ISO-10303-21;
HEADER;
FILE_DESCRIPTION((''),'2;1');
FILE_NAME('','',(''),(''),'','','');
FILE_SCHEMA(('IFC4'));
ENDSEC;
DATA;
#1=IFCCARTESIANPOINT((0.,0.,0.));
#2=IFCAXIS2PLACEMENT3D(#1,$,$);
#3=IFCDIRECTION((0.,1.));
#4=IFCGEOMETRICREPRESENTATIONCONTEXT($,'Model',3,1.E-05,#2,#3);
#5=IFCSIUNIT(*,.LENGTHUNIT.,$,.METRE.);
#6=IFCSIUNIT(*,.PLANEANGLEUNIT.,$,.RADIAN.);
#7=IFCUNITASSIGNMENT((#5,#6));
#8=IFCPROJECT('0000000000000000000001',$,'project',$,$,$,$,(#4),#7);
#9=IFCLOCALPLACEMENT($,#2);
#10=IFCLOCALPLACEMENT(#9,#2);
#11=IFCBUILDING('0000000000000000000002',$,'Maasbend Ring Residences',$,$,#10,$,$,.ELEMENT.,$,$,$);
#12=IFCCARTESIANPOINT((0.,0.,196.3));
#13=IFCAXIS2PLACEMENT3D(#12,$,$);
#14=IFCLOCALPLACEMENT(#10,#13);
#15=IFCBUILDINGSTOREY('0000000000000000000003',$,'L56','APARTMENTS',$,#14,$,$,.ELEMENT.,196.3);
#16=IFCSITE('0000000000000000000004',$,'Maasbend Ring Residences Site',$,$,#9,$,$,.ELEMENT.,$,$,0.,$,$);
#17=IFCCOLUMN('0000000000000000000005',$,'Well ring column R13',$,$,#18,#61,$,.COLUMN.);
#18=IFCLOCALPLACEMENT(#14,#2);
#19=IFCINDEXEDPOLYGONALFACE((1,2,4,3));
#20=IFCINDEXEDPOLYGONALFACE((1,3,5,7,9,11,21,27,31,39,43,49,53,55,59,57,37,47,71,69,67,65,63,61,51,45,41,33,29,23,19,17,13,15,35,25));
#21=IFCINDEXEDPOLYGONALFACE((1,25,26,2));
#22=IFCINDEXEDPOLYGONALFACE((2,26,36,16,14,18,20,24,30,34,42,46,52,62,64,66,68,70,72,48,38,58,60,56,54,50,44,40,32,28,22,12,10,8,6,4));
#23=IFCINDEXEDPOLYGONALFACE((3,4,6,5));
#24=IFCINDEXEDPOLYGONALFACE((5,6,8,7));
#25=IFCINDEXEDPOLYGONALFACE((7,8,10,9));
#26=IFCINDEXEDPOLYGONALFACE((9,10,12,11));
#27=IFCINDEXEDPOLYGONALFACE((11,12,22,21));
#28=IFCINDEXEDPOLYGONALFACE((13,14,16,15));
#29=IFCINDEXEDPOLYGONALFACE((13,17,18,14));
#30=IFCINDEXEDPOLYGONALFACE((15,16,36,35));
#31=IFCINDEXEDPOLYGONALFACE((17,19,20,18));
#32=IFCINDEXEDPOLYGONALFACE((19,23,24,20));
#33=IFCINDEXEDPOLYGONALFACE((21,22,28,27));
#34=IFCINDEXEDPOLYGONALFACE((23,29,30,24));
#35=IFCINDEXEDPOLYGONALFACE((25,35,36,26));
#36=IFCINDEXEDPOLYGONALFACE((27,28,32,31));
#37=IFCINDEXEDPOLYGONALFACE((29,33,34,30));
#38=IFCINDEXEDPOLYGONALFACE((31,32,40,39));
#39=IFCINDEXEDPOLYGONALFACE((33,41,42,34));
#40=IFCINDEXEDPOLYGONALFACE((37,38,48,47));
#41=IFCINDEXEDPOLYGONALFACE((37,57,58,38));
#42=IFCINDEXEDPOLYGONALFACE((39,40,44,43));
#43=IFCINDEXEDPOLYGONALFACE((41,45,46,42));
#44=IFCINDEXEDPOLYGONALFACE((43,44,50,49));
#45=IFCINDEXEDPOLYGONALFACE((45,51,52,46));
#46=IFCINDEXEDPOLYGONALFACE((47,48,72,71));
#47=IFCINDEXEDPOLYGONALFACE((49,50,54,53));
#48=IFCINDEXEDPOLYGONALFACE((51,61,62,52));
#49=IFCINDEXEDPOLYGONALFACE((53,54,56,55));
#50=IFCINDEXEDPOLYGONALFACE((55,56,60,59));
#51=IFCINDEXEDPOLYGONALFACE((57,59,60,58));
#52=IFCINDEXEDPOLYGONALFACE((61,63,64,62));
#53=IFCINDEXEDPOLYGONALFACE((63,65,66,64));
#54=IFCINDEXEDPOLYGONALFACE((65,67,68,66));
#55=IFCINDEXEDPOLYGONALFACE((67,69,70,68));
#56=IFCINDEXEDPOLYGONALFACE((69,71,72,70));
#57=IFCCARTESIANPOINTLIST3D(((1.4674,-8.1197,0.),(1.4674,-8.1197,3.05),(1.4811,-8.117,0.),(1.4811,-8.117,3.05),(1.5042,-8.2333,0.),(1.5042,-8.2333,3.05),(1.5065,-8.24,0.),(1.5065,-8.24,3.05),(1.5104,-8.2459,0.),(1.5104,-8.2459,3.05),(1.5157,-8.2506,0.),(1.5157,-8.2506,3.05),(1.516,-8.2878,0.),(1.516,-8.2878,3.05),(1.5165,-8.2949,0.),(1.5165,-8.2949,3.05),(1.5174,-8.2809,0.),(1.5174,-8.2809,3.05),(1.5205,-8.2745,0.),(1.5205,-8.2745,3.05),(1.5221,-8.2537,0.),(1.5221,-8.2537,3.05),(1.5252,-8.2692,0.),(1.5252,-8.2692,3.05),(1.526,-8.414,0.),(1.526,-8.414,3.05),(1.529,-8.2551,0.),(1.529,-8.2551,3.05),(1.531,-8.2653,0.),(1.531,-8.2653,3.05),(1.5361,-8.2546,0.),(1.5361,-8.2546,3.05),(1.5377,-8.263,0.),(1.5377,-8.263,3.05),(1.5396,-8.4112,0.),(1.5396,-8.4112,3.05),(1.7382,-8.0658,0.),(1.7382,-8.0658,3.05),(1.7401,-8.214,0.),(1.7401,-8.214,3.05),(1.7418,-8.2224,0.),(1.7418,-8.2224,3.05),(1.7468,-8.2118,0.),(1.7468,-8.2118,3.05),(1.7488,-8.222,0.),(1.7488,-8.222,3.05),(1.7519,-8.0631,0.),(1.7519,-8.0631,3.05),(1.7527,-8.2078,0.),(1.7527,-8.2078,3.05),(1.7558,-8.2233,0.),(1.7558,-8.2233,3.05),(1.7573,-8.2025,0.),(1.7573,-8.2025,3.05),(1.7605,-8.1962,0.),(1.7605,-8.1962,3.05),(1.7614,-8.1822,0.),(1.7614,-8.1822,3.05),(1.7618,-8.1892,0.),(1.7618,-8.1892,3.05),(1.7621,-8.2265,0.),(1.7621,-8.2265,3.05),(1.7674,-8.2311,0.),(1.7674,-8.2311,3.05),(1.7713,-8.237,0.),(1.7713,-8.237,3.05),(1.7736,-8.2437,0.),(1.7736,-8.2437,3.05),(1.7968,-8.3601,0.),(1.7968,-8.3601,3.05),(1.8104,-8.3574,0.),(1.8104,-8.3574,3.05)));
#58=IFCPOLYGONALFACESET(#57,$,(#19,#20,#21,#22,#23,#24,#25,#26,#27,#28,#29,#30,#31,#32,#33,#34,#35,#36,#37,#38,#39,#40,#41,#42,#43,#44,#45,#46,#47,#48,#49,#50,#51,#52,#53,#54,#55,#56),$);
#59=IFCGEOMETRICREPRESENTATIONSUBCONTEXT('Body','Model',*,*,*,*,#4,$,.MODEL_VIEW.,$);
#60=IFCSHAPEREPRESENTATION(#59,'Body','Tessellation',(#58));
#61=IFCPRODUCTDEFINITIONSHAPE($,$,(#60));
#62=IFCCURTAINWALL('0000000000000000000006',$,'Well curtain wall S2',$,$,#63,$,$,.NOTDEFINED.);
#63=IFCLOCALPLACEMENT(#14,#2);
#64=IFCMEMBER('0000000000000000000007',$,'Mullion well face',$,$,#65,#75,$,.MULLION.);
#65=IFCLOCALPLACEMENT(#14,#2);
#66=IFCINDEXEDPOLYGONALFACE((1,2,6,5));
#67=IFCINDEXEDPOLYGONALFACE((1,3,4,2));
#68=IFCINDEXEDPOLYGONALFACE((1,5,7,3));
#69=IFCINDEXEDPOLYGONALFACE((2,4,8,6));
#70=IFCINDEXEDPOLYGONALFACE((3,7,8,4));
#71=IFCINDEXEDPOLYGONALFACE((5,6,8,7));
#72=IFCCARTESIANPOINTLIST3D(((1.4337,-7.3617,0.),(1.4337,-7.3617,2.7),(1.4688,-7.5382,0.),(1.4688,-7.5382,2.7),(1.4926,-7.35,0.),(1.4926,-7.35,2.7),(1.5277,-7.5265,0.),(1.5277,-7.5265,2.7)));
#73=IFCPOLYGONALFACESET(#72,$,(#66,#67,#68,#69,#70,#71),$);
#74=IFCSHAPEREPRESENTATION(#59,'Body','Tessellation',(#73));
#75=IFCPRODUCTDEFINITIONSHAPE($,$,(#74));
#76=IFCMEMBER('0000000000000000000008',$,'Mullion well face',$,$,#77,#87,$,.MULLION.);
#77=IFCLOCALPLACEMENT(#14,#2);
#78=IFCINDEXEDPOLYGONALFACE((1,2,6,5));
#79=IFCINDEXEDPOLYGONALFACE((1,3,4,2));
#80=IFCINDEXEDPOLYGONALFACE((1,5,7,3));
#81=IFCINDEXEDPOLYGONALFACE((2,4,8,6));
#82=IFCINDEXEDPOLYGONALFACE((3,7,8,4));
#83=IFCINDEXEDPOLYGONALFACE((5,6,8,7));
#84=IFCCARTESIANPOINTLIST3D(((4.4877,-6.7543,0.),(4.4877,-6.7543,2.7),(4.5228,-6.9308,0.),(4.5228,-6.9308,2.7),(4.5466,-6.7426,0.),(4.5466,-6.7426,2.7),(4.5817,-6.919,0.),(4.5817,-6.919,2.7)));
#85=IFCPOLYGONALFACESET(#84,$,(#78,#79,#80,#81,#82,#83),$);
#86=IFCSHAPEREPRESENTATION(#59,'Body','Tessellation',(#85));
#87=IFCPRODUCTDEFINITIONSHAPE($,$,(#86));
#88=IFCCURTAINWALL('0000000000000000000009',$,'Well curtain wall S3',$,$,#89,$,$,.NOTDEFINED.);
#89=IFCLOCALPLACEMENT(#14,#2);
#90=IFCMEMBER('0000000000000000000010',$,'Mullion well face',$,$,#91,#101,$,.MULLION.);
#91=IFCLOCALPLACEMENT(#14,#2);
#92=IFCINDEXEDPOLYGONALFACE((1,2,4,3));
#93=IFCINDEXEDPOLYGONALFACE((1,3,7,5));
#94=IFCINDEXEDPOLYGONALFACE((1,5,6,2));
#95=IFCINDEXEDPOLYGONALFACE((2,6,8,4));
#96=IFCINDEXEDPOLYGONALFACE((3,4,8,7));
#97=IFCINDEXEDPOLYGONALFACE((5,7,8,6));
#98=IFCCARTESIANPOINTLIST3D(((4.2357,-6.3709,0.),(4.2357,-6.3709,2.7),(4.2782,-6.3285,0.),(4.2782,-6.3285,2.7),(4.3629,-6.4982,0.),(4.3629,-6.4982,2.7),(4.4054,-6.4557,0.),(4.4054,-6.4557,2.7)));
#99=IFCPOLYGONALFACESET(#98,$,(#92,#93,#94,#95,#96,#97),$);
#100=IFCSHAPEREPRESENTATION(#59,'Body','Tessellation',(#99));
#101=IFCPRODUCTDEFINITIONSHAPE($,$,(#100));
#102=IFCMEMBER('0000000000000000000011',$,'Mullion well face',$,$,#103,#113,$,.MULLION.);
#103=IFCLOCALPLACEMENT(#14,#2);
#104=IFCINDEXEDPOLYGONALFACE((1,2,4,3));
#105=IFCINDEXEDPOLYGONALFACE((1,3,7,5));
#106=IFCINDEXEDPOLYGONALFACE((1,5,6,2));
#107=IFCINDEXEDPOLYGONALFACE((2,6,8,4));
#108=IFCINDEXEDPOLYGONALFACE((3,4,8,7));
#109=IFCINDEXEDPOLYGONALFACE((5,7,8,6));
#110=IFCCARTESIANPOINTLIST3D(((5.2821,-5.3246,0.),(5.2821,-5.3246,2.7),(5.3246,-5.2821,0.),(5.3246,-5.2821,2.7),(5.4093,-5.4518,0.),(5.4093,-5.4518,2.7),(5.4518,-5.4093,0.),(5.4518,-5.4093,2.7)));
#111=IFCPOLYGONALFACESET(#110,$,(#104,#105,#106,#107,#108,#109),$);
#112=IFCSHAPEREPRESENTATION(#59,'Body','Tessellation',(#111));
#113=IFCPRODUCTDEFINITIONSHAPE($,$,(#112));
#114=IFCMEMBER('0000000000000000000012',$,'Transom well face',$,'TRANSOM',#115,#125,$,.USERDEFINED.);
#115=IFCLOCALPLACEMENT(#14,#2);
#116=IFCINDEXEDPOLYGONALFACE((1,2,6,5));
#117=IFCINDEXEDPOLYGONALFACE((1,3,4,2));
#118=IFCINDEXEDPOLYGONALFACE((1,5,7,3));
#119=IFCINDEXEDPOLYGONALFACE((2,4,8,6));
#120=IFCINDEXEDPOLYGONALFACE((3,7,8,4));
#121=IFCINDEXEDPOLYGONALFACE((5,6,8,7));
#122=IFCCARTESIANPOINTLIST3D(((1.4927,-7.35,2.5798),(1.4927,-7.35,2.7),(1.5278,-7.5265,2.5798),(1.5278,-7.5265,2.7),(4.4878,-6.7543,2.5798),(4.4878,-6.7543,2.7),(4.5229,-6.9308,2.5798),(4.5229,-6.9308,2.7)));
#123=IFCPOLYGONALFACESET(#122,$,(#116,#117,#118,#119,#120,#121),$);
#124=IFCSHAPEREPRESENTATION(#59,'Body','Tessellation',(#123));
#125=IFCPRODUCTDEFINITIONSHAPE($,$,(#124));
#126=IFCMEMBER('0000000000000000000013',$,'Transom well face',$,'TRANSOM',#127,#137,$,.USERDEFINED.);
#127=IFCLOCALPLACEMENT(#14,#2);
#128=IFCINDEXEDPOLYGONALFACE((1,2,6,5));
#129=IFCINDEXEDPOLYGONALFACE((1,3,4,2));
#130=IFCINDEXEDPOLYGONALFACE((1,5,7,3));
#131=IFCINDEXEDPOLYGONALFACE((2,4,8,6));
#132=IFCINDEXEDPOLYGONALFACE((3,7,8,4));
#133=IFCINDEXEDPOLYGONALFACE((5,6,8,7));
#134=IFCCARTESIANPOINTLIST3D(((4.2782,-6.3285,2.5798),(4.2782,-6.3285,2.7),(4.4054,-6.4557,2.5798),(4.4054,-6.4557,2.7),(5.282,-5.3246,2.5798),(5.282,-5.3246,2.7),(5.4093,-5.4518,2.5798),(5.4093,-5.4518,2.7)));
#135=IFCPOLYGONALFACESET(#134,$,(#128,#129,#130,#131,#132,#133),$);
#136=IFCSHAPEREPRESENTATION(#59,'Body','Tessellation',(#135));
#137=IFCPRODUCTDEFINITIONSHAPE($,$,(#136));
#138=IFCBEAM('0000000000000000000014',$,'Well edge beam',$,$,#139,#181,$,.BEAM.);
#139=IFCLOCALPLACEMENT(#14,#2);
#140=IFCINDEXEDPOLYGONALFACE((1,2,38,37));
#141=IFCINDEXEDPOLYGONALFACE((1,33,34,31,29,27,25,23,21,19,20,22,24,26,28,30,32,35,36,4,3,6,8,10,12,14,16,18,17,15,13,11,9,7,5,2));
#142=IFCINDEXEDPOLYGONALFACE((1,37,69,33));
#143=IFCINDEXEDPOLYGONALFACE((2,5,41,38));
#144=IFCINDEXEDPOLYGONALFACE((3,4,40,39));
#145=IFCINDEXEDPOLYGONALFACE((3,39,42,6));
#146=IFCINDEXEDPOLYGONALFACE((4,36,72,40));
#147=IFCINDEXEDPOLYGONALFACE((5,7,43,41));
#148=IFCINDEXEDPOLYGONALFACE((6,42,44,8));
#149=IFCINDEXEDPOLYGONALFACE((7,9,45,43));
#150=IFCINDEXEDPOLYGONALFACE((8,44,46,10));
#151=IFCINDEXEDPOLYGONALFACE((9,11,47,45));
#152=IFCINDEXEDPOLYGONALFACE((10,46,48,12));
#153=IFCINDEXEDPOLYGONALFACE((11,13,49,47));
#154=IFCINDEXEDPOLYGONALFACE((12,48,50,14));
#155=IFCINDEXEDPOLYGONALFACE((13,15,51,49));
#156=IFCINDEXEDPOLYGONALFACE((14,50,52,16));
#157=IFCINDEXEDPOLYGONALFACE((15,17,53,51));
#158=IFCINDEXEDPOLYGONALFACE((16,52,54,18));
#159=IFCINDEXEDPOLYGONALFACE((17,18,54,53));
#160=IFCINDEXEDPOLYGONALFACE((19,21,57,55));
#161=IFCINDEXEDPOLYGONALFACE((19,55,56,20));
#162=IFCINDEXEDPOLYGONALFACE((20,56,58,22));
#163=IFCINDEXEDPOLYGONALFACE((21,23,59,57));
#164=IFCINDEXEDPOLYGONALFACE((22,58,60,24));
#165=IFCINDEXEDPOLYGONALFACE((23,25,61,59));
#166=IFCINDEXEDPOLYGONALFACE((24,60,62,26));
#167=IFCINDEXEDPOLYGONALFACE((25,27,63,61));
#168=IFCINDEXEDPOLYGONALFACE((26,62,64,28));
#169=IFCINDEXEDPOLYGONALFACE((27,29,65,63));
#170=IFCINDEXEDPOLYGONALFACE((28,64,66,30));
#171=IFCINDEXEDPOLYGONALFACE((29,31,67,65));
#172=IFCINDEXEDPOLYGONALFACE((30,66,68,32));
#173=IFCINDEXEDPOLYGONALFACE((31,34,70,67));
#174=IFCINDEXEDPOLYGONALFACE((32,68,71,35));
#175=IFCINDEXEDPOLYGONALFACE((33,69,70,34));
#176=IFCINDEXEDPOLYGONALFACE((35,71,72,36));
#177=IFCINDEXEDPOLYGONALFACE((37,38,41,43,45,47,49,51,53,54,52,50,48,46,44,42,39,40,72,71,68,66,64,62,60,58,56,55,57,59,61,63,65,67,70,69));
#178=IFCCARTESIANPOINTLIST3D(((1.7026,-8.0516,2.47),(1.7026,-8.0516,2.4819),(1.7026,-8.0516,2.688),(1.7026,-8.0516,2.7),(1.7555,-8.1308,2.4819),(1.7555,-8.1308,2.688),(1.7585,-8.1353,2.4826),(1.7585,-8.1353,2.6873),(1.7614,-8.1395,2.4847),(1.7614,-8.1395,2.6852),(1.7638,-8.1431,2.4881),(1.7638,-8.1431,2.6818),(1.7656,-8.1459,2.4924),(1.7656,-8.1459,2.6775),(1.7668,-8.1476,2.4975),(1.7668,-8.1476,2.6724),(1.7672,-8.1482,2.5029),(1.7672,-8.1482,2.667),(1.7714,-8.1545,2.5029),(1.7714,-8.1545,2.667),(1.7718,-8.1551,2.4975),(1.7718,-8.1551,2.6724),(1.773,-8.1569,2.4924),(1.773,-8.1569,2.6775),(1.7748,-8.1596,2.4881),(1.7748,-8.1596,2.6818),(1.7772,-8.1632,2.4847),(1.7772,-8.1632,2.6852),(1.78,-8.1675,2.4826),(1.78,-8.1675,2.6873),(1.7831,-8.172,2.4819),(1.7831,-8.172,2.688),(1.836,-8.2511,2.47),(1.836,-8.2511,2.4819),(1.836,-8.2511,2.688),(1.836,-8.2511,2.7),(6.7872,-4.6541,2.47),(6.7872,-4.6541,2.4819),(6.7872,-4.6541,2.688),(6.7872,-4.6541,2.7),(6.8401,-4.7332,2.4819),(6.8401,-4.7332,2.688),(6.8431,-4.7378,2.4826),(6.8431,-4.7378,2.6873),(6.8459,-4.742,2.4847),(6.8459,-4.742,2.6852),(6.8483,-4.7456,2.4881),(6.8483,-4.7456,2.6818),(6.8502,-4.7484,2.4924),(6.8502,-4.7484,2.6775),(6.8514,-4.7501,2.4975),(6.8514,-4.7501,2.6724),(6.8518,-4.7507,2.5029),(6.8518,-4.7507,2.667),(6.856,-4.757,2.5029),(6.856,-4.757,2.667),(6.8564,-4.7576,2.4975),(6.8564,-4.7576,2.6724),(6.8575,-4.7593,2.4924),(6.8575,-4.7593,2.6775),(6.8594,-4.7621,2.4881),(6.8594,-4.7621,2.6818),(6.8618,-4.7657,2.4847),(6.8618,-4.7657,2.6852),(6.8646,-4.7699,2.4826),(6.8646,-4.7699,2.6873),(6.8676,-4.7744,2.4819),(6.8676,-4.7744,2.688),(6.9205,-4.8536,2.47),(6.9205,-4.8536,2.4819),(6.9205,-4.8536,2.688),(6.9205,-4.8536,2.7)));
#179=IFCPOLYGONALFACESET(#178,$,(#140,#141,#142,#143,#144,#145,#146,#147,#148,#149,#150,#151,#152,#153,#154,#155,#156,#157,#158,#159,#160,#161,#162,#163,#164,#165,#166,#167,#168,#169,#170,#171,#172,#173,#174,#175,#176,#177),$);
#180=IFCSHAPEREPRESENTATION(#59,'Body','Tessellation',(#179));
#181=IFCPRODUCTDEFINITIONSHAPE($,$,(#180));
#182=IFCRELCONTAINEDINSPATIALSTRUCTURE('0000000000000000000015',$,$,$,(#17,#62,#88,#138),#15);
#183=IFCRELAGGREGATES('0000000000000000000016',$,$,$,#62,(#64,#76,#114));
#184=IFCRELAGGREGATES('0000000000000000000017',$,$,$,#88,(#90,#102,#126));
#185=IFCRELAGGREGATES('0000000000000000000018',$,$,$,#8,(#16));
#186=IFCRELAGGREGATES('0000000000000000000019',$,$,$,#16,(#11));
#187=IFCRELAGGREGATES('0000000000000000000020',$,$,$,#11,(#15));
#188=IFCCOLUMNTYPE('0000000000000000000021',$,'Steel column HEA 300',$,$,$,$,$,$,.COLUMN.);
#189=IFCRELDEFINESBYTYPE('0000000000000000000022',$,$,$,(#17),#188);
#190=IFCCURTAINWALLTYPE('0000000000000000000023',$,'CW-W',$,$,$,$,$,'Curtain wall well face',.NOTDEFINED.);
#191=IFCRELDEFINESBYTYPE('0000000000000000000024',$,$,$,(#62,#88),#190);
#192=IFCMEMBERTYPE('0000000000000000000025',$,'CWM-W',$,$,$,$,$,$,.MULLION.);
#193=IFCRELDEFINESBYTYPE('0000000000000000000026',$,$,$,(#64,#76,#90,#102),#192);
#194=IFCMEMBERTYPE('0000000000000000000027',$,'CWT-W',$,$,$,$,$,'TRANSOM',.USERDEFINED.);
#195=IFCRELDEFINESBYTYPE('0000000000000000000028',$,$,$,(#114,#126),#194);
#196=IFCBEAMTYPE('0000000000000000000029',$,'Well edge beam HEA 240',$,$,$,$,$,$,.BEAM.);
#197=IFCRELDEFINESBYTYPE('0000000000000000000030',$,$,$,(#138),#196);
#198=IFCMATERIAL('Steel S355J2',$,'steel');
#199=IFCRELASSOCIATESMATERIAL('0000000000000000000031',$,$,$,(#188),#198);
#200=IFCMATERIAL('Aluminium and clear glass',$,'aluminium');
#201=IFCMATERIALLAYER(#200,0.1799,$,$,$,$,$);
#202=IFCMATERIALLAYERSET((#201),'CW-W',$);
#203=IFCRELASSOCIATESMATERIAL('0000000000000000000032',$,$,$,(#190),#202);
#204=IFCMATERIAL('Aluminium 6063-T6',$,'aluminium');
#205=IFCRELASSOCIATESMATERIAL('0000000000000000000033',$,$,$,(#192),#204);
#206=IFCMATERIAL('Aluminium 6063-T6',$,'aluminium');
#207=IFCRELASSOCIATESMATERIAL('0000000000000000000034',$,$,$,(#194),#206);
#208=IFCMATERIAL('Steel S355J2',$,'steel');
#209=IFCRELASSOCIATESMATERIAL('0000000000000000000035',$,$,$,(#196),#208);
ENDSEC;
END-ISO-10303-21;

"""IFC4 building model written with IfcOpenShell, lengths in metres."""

from ifc_helpers import new_model, si_unit, direction, frame, origin, origin_2d, place, context, subcontext, project, spatial, rectangle, i_section, extrude, material, layer, layer_set, material_profile, profile_set, type_object, element, aggregate, save


model = new_model("IFC4")

# Units and contexts
model_context = context("Model", 3, precision=1e-05, world=origin(), true_north=direction((0.0, 1.0)))
body_context = subcontext(model_context, "Body", "Model", "MODEL_VIEW")
ifc_project = project(units=[si_unit("LENGTHUNIT", "METRE"), si_unit("PLANEANGLEUNIT", "RADIAN")], contexts=[model_context])

# Site, building, storey
site_placement = place(None, origin())
site = spatial("IfcSite", under=ifc_project, at=site_placement, Name="Maasbend Ring Residences Site", CompositionType="ELEMENT", RefElevation=0.0)
building_placement = place(site_placement, origin())
building = spatial("IfcBuilding", under=site, at=building_placement, Name="Maasbend Ring Residences", CompositionType="ELEMENT")
storey_placement = place(building_placement, frame((0.0, 0.0, 196.3)))
storey = spatial("IfcBuildingStorey", under=building, at=storey_placement, Name="L56", Description="APARTMENTS", CompositionType="ELEMENT", Elevation=196.3)

# Column
ifc_material_1 = material(Name="Steel S355J2", Category="steel")
ifc_material_profile_1 = material_profile(ifc_material_1, i_section(OverallWidth=0.3, OverallDepth=0.29, WebThickness=0.0085, FlangeThickness=0.0139, FilletRadius=0.0271, at=origin_2d()), Name="HEA 300")
ifc_profile_set_1 = profile_set([ifc_material_profile_1], Name="Steel S355J2")
column_type = type_object("IfcColumnType", Name="Steel column HEA 300", PredefinedType="COLUMN", material=ifc_profile_set_1)
column_placement = place(storey_placement, frame((1.6389, -8.2385, 0.0), z_axis=(0.0, 0.0, 1.0), x_axis=(0.19509, -0.980785, 0.0)))
element("IfcColumn", 1, at=column_placement, inside=storey, type_object=column_type, Name="Well ring column R13", PredefinedType="COLUMN", context=body_context, shape_type="SweptSolid", body=[
    extrude(i_section(OverallWidth=0.3, OverallDepth=0.29, WebThickness=0.0085, FlangeThickness=0.0139, FilletRadius=0.0271, at=origin_2d()), origin(), (0.0, 0.0, 1.0), 3.05),
])

# Curtain walls, members
ifc_material_2 = material(Name="Aluminium and clear glass", Category="aluminium")
ifc_layer_1 = layer(ifc_material_2, 0.1799)
ifc_layer_set_1 = layer_set([ifc_layer_1], Name="CW-W")
curtain_wall_type = type_object("IfcCurtainWallType", Name="CW-W", ElementType="Curtain wall well face", PredefinedType="NOTDEFINED", material=ifc_layer_set_1)
curtain_wall_1_placement = place(storey_placement, origin())
curtain_wall_1 = element("IfcCurtainWall", 2, at=curtain_wall_1_placement, inside=storey, type_object=curtain_wall_type, Name="Well curtain wall S2", PredefinedType="NOTDEFINED")
ifc_material_3 = material(Name="Aluminium 6063-T6", Category="aluminium")
ifc_material_profile_2 = material_profile(ifc_material_3, rectangle(XDim=0.1799, YDim=0.0601, at=origin_2d()), Name="AL 180x60")
ifc_profile_set_2 = profile_set([ifc_material_profile_2], Name="Aluminium 6063-T6")
member_type_1 = type_object("IfcMemberType", Name="CWM-W", PredefinedType="MULLION", material=ifc_profile_set_2)
member_1_placement = place(storey_placement, frame((1.4807, -7.4441, 0.0), z_axis=(0.0, 0.0, 1.0), x_axis=(-0.19509, 0.980785, 0.0)))
member_1 = element("IfcMember", 3, at=member_1_placement, type_object=member_type_1, Name="Mullion well face", PredefinedType="MULLION", context=body_context, shape_type="SweptSolid", body=[
    extrude(rectangle(XDim=0.1799, YDim=0.0601, at=origin_2d()), origin(), (0.0, 0.0, 1.0), 2.7),
])
member_2_placement = place(storey_placement, frame((4.5347, -6.8367, 0.0), z_axis=(0.0, 0.0, 1.0), x_axis=(-0.19509, 0.980785, 0.0)))
member_2 = element("IfcMember", 4, at=member_2_placement, type_object=member_type_1, Name="Mullion well face", PredefinedType="MULLION", context=body_context, shape_type="SweptSolid", body=[
    extrude(rectangle(XDim=0.1799, YDim=0.0601, at=origin_2d()), origin(), (0.0, 0.0, 1.0), 2.7),
])
curtain_wall_2_placement = place(storey_placement, origin())
curtain_wall_2 = element("IfcCurtainWall", 5, at=curtain_wall_2_placement, inside=storey, type_object=curtain_wall_type, Name="Well curtain wall S3", PredefinedType="NOTDEFINED")
member_3_placement = place(storey_placement, frame((4.3206, -6.4133, 0.0), z_axis=(0.0, 0.0, 1.0), x_axis=(-0.707107, 0.707107, 0.0)))
member_3 = element("IfcMember", 6, at=member_3_placement, type_object=member_type_1, Name="Mullion well face", PredefinedType="MULLION", context=body_context, shape_type="SweptSolid", body=[
    extrude(rectangle(XDim=0.1799, YDim=0.0601, at=origin_2d()), origin(), (0.0, 0.0, 1.0), 2.7),
])
member_4_placement = place(storey_placement, frame((5.3669, -5.3669, 0.0), z_axis=(0.0, 0.0, 1.0), x_axis=(-0.707107, 0.707107, 0.0)))
member_4 = element("IfcMember", 7, at=member_4_placement, type_object=member_type_1, Name="Mullion well face", PredefinedType="MULLION", context=body_context, shape_type="SweptSolid", body=[
    extrude(rectangle(XDim=0.1799, YDim=0.0601, at=origin_2d()), origin(), (0.0, 0.0, 1.0), 2.7),
])

# Members
ifc_material_4 = material(Name="Aluminium 6063-T6", Category="aluminium")
ifc_material_profile_3 = material_profile(ifc_material_4, rectangle(XDim=0.1799, YDim=0.1201, at=origin_2d()), Name="AL 180x120")
ifc_profile_set_3 = profile_set([ifc_material_profile_3], Name="Aluminium 6063-T6")
member_type_2 = type_object("IfcMemberType", Name="CWT-W", ElementType="TRANSOM", PredefinedType="USERDEFINED", material=ifc_profile_set_3)
member_5_placement = place(storey_placement, frame((1.5103, -7.4382, 2.6399), z_axis=(0.980789, 0.195071, 0.0), x_axis=(-0.195071, 0.980789, 0.0)))
member_5 = element("IfcMember", 8, at=member_5_placement, type_object=member_type_2, Name="Transom well face", ObjectType="TRANSOM", PredefinedType="USERDEFINED", context=body_context, shape_type="SweptSolid", body=[
    extrude(rectangle(XDim=0.1799, YDim=0.1201, at=origin_2d()), origin(), (0.0, 0.0, 1.0), 3.0537),
])
member_6_placement = place(storey_placement, frame((4.3418, -6.3921, 2.6399), z_axis=(0.707107, 0.707107, 0.0), x_axis=(-0.707107, 0.707107, 0.0)))
member_6 = element("IfcMember", 9, at=member_6_placement, type_object=member_type_2, Name="Transom well face", ObjectType="TRANSOM", PredefinedType="USERDEFINED", context=body_context, shape_type="SweptSolid", body=[
    extrude(rectangle(XDim=0.1799, YDim=0.1201, at=origin_2d()), origin(), (0.0, 0.0, 1.0), 1.4197),
])

# Beam
ifc_material_5 = material(Name="Steel S355J2", Category="steel")
ifc_material_profile_4 = material_profile(ifc_material_5, i_section(OverallWidth=0.24, OverallDepth=0.23, WebThickness=0.0076, FlangeThickness=0.012, FilletRadius=0.021, at=origin_2d()), Name="HEA 240")
ifc_profile_set_4 = profile_set([ifc_material_profile_4], Name="Steel S355J2")
beam_type = type_object("IfcBeamType", Name="Well edge beam HEA 240", PredefinedType="BEAM", material=ifc_profile_set_4)
beam_placement = place(storey_placement, frame((1.7693, -8.1514, 2.585), z_axis=(0.83146, 0.555584, 0.0), x_axis=(-0.555584, 0.83146, 0.0)))
element("IfcBeam", 10, at=beam_placement, inside=storey, type_object=beam_type, Name="Well edge beam", PredefinedType="BEAM", context=body_context, shape_type="SweptSolid", body=[
    extrude(i_section(OverallWidth=0.24, OverallDepth=0.23, WebThickness=0.0076, FlangeThickness=0.012, FilletRadius=0.021, at=origin_2d()), origin(), (0.0, 0.0, 1.0), 6.1152),
])

aggregate(curtain_wall_1, [member_1, member_2, member_5])
aggregate(curtain_wall_2, [member_3, member_4, member_6])

save(model, "model.ifc")
